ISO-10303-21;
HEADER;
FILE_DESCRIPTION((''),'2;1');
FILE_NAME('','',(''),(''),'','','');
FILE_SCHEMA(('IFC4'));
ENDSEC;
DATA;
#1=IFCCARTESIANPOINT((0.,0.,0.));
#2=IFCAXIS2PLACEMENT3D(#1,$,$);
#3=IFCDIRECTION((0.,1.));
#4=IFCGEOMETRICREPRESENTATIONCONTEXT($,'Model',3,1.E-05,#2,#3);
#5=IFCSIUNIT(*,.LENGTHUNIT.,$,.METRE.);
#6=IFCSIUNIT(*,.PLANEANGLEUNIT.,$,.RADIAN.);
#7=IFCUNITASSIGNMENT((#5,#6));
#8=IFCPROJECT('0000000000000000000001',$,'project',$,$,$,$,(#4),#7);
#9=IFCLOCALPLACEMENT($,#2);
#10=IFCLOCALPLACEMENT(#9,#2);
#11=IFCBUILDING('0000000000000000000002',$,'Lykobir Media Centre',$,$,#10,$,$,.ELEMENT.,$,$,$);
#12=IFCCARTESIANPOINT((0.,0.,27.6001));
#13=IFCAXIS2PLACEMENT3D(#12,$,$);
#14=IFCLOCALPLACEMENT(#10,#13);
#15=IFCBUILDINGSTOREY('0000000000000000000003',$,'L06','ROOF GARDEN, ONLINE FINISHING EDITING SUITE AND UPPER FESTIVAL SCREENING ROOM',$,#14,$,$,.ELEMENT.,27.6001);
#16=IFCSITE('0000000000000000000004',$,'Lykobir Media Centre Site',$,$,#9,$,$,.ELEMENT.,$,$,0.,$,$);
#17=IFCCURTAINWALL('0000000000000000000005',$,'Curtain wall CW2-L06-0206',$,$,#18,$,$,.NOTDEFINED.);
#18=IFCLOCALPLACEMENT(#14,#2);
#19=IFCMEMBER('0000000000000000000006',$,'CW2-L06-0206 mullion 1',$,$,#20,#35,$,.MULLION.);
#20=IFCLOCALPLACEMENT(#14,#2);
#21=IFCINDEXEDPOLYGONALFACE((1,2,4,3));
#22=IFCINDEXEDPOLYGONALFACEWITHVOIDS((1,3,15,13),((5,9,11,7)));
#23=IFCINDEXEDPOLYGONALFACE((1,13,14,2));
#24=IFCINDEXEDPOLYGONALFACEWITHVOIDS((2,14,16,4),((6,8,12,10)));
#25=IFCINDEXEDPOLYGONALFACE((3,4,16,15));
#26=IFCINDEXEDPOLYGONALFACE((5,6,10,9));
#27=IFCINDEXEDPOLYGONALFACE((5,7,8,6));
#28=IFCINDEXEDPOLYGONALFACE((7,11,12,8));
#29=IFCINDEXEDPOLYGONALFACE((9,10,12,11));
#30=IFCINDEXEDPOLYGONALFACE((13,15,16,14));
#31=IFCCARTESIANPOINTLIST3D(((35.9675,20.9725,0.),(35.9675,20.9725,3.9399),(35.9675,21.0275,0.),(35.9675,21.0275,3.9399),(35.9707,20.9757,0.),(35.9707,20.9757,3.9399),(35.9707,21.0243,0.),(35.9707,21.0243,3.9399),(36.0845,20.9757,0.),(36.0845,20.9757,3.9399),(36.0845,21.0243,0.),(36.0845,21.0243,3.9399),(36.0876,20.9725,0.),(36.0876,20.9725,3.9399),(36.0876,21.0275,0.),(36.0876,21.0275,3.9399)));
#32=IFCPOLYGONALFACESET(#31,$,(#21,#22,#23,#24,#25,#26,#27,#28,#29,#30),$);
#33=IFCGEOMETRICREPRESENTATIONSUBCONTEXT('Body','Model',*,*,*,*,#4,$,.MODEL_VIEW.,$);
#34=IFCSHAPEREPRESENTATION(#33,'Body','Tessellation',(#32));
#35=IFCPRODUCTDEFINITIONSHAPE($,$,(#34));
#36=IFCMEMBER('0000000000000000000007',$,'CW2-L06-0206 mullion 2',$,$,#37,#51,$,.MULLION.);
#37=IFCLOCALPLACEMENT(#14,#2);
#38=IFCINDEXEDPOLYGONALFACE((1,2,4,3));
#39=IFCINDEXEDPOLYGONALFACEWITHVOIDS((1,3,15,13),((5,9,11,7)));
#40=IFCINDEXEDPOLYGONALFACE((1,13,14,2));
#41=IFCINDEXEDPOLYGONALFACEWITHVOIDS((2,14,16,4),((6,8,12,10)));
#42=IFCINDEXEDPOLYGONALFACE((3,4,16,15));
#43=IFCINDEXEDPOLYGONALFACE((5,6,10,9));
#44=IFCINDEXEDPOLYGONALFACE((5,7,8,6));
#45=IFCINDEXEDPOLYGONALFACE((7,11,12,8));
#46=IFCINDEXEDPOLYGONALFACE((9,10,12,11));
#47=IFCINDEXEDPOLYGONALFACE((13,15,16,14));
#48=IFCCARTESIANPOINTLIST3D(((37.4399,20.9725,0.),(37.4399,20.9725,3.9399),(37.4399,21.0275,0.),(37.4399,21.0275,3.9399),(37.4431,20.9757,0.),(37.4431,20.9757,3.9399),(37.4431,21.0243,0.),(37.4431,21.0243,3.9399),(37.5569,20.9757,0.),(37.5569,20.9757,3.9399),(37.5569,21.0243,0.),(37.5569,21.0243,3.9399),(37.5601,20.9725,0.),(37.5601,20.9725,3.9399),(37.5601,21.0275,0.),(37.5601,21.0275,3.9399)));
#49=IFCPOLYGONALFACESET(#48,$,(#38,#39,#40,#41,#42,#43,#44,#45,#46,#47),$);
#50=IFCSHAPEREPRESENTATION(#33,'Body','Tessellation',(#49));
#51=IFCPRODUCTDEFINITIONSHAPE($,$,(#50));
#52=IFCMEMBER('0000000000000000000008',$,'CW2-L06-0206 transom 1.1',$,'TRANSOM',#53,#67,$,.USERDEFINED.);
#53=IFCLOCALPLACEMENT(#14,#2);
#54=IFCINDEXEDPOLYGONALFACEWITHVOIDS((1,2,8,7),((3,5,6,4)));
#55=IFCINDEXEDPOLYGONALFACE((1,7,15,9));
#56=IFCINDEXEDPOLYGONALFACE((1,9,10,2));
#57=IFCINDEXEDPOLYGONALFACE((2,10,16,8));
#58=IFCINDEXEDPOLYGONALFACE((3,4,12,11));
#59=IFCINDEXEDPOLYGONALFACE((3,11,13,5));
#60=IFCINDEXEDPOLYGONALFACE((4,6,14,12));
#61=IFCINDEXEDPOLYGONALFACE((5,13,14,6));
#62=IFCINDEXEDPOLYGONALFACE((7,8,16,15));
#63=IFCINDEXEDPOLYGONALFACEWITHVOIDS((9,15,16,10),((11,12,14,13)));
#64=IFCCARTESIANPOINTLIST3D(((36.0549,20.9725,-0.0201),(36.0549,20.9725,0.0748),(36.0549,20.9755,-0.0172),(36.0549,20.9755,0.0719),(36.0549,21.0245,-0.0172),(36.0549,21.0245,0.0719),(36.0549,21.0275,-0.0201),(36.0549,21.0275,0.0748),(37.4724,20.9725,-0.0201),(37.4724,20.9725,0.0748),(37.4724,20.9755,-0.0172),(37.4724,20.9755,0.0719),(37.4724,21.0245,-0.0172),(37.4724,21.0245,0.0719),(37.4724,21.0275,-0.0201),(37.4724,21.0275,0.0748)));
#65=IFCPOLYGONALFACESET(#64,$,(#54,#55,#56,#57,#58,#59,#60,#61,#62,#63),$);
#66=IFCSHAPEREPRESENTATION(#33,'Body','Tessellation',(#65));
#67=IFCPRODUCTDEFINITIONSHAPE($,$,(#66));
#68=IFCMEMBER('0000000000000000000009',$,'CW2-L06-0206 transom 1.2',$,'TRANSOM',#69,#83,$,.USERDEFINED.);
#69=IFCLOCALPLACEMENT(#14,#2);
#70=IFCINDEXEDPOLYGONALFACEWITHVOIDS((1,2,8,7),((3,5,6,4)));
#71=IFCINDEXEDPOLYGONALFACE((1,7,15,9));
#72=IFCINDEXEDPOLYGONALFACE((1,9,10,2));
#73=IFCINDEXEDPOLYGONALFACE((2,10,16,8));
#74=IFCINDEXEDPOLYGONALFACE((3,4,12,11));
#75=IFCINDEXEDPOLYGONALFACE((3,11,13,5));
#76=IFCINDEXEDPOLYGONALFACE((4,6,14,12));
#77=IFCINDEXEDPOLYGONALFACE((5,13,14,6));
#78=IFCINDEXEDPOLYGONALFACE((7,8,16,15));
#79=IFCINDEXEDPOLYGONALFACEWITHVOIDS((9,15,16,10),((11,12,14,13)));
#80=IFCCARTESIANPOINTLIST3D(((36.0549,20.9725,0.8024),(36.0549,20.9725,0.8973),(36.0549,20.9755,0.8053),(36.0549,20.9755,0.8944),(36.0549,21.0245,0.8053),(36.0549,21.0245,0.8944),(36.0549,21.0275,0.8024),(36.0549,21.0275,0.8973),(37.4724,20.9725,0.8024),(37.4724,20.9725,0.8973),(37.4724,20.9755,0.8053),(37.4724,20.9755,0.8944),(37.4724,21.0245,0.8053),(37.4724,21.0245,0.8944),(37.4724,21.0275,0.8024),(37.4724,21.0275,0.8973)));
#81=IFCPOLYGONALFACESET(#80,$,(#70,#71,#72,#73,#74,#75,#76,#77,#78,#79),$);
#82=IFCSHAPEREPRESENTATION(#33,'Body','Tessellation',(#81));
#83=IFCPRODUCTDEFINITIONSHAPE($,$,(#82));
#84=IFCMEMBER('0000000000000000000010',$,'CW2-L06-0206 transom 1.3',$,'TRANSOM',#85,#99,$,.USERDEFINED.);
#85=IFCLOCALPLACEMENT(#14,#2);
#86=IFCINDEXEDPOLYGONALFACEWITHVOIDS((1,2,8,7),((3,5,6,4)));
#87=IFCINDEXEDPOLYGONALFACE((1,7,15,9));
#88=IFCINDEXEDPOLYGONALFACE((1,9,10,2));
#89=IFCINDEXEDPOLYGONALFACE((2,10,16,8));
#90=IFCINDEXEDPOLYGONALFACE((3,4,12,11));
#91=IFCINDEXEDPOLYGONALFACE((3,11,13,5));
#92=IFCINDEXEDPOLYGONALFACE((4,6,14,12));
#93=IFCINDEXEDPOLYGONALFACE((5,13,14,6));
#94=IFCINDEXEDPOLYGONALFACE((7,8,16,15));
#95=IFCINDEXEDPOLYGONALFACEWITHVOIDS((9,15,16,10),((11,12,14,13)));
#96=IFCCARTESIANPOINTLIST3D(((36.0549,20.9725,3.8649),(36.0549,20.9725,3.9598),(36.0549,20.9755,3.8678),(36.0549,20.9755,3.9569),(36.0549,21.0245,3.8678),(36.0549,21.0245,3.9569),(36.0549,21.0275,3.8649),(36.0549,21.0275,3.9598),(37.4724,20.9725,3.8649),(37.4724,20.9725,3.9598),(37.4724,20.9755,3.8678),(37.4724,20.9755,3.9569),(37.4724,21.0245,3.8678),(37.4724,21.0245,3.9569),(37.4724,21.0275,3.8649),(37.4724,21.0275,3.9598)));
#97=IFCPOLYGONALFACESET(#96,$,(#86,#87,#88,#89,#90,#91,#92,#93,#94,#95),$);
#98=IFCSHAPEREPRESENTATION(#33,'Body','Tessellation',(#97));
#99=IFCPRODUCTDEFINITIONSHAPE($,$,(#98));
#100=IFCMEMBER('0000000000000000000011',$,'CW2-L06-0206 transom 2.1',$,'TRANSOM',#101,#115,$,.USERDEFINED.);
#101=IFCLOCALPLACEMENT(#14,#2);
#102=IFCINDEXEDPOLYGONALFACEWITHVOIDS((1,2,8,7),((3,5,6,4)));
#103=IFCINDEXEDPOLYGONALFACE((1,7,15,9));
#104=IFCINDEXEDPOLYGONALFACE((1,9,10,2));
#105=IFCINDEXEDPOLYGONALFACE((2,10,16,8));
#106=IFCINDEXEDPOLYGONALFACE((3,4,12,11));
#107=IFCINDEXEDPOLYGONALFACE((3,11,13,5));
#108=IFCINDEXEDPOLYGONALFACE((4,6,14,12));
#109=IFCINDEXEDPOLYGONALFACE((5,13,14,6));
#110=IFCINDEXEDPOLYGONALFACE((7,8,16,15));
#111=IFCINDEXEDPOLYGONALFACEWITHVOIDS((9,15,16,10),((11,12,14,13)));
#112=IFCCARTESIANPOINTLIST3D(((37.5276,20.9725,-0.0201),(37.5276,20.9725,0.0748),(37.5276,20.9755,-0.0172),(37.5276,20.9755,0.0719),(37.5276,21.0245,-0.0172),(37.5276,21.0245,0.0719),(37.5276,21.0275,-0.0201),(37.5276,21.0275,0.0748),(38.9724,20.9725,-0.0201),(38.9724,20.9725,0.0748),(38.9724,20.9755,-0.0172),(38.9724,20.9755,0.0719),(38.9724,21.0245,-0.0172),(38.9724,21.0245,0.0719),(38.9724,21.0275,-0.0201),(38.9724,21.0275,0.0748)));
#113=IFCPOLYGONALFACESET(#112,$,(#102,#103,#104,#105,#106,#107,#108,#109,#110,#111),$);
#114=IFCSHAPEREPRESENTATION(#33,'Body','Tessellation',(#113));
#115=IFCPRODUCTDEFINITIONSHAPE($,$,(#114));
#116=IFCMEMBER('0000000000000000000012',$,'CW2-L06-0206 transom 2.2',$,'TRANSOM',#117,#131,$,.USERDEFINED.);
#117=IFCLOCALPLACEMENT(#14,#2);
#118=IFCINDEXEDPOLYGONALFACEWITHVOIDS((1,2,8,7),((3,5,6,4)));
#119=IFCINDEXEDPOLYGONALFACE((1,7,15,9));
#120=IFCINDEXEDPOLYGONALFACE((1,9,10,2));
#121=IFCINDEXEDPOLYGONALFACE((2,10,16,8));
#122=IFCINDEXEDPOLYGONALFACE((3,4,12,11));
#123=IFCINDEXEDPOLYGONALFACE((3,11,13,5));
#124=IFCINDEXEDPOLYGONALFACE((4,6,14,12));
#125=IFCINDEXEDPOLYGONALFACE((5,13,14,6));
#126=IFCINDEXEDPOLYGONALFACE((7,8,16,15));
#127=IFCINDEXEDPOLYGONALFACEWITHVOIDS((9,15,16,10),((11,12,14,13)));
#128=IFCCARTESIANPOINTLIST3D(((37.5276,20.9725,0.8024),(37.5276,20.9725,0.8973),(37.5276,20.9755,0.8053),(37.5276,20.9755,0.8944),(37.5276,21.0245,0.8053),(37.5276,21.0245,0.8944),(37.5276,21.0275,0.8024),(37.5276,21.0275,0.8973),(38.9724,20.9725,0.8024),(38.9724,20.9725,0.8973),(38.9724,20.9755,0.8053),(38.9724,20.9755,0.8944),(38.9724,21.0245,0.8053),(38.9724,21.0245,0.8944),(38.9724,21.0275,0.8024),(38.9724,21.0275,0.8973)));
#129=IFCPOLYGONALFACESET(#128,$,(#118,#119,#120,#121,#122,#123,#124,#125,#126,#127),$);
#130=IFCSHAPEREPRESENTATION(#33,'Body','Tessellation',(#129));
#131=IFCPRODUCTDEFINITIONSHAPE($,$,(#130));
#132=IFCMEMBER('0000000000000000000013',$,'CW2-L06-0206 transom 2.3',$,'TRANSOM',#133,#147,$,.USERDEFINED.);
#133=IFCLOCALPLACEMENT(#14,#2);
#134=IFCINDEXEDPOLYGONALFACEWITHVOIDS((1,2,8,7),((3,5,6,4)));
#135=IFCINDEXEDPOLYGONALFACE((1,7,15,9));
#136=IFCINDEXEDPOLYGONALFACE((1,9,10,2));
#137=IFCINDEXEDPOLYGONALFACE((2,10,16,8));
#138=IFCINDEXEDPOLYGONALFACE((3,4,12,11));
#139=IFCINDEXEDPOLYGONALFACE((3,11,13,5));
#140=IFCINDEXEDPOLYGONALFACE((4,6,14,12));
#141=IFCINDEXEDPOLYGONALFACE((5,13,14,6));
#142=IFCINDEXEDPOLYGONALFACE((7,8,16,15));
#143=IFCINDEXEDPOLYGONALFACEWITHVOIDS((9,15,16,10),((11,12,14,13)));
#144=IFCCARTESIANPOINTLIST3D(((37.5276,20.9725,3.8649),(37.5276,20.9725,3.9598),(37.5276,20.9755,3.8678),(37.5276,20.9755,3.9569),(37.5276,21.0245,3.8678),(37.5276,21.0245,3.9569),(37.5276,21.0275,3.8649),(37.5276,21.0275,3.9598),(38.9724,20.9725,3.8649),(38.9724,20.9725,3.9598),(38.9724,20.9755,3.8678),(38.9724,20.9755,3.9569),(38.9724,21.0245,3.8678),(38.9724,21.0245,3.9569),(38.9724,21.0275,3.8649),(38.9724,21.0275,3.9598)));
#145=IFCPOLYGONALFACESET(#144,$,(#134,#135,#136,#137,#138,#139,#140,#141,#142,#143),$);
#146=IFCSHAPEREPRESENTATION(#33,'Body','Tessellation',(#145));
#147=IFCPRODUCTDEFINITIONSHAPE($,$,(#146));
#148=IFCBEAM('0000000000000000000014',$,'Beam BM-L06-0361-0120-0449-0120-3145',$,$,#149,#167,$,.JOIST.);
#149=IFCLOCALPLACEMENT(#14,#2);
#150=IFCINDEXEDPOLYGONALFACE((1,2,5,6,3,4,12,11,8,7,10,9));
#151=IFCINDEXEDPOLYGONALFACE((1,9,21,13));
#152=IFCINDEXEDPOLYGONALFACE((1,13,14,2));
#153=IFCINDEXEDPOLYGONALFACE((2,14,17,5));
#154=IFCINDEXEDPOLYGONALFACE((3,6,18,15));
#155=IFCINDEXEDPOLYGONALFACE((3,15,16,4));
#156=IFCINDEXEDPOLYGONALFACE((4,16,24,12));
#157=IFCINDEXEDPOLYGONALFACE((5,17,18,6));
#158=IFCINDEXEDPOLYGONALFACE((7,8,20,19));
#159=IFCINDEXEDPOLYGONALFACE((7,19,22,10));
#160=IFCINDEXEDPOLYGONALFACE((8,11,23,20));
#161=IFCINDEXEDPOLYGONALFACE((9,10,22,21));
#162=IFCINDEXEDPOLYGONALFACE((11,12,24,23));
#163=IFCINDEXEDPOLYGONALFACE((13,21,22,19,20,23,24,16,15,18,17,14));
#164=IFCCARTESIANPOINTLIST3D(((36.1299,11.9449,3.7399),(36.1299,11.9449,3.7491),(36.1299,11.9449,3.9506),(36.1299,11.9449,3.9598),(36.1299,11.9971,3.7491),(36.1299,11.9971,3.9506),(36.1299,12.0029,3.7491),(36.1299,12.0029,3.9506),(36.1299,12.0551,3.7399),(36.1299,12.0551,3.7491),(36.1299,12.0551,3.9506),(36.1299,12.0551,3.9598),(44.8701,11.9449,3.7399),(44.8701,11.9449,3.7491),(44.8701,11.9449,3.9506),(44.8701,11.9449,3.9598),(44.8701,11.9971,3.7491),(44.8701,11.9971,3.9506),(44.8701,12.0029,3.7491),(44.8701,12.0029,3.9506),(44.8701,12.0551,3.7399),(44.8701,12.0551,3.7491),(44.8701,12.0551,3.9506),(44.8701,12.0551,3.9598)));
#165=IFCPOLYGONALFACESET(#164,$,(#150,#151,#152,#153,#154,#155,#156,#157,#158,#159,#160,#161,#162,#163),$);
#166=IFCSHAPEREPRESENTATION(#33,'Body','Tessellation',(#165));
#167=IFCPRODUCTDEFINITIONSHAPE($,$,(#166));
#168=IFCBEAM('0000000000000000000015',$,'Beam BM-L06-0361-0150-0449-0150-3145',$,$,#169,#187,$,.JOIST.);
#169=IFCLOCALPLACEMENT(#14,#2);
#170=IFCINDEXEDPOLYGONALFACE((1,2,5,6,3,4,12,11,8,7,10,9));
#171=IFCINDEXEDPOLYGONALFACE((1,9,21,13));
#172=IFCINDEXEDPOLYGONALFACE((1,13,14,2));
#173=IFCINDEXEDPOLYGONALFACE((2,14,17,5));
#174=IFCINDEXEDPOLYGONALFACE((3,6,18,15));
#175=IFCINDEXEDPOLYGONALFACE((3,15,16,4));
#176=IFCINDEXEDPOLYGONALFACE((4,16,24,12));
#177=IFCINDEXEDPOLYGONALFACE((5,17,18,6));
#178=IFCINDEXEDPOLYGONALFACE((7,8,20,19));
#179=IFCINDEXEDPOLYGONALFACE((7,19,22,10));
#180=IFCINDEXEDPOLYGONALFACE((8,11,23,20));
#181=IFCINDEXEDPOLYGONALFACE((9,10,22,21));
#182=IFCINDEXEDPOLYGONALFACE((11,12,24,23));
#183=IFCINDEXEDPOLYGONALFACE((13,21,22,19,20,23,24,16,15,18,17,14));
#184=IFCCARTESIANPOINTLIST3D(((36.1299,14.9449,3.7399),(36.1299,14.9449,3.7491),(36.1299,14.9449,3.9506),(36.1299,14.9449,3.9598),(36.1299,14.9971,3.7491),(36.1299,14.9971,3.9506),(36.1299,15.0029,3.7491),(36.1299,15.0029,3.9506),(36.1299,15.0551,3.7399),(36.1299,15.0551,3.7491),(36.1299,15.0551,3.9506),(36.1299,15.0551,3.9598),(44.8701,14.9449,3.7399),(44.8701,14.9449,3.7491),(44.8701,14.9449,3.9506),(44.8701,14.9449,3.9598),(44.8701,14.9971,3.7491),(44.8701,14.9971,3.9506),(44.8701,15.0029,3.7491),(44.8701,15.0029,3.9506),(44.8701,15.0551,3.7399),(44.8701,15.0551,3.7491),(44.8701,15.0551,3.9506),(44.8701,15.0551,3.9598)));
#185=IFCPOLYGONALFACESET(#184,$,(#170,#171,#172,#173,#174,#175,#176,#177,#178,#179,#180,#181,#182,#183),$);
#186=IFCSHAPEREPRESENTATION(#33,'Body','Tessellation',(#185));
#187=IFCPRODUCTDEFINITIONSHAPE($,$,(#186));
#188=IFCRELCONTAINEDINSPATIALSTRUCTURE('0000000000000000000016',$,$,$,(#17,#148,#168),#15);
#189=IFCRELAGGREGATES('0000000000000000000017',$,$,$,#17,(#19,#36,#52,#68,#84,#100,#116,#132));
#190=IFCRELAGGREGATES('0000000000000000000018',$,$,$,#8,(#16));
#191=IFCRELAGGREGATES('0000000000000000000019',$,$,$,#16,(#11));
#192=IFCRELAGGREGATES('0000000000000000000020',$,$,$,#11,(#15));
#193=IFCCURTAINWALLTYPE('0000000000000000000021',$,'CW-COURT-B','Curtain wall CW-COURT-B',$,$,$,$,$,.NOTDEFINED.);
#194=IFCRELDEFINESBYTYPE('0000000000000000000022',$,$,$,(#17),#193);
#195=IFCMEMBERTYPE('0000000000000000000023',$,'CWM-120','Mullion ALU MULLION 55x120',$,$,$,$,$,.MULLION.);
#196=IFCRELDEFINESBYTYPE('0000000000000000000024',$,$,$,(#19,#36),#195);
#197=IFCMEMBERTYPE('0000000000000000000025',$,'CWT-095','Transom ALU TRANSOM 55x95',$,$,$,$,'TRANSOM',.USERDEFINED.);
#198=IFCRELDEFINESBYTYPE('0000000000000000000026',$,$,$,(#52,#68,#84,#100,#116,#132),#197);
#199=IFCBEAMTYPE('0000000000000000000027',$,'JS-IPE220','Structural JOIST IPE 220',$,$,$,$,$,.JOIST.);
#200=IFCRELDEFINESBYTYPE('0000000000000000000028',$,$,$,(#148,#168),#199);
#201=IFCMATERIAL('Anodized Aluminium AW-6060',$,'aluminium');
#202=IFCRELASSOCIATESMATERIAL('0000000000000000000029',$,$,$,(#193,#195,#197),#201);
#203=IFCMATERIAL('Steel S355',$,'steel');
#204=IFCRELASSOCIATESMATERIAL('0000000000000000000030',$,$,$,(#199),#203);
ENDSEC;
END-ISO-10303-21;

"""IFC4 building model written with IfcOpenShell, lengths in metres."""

from ifc_helpers import new_model, si_unit, direction, frame, origin, origin_2d, place, context, subcontext, project, spatial, hollow_rectangle, i_section, extrude, material, material_profile, profile_set, type_object, element, aggregate, save


model = new_model("IFC4")

# Units and contexts
model_context = context("Model", 3, precision=1e-05, world=origin(), true_north=direction((0.0, 1.0)))
body_context = subcontext(model_context, "Body", "Model", "MODEL_VIEW")
ifc_project = project(units=[si_unit("LENGTHUNIT", "METRE"), si_unit("PLANEANGLEUNIT", "RADIAN")], contexts=[model_context])

# Site, building, storey
site_placement = place(None, origin())
site = spatial("IfcSite", under=ifc_project, at=site_placement, Name="Lykobir Media Centre Site", CompositionType="ELEMENT", RefElevation=0.0)
building_placement = place(site_placement, origin())
building = spatial("IfcBuilding", under=site, at=building_placement, Name="Lykobir Media Centre", CompositionType="ELEMENT")
storey_placement = place(building_placement, frame((0.0, 0.0, 27.6001)))
storey = spatial("IfcBuildingStorey", under=building, at=storey_placement, Name="L06", Description="ROOF GARDEN, ONLINE FINISHING EDITING SUITE AND UPPER FESTIVAL SCREENING ROOM", CompositionType="ELEMENT", Elevation=27.6001)

# Curtain wall, members
ifc_material_1 = material(Name="Anodized Aluminium AW-6060", Category="aluminium")
curtain_wall_type = type_object("IfcCurtainWallType", Name="CW-COURT-B", Description="Curtain wall CW-COURT-B", PredefinedType="NOTDEFINED", material=ifc_material_1)
curtain_wall_placement = place(storey_placement, origin())
curtain_wall = element("IfcCurtainWall", 1, at=curtain_wall_placement, inside=storey, type_object=curtain_wall_type, Name="Curtain wall CW2-L06-0206", PredefinedType="NOTDEFINED")
ifc_material_profile_1 = material_profile(ifc_material_1, hollow_rectangle(XDim=0.0549, YDim=0.1201, WallThickness=0.0032, at=origin_2d()), Name="ALU MULLION 55x120")
ifc_profile_set_1 = profile_set([ifc_material_profile_1], Name="Anodized Aluminium AW-6060")
member_type_1 = type_object("IfcMemberType", Name="CWM-120", Description="Mullion ALU MULLION 55x120", PredefinedType="MULLION", material=ifc_profile_set_1)
member_1_placement = place(storey_placement, frame((36.0276, 21.0, 0.0), z_axis=(0.0, 0.0, 1.0), x_axis=(0.0, 1.0, 0.0)))
member_1 = element("IfcMember", 2, at=member_1_placement, type_object=member_type_1, Name="CW2-L06-0206 mullion 1", PredefinedType="MULLION", context=body_context, shape_type="SweptSolid", body=[
    extrude(hollow_rectangle(XDim=0.0549, YDim=0.1201, WallThickness=0.0032, at=origin_2d()), origin(), (0.0, 0.0, 1.0), 3.9399),
])
member_2_placement = place(storey_placement, frame((37.5, 21.0, 0.0), z_axis=(0.0, 0.0, 1.0), x_axis=(0.0, 1.0, 0.0)))
member_2 = element("IfcMember", 3, at=member_2_placement, type_object=member_type_1, Name="CW2-L06-0206 mullion 2", PredefinedType="MULLION", context=body_context, shape_type="SweptSolid", body=[
    extrude(hollow_rectangle(XDim=0.0549, YDim=0.1201, WallThickness=0.0032, at=origin_2d()), origin(), (0.0, 0.0, 1.0), 3.9399),
])
ifc_material_profile_2 = material_profile(ifc_material_1, hollow_rectangle(XDim=0.0549, YDim=0.095, WallThickness=0.0029, at=origin_2d()), Name="ALU TRANSOM 55x95")
ifc_profile_set_2 = profile_set([ifc_material_profile_2], Name="Anodized Aluminium AW-6060")
member_type_2 = type_object("IfcMemberType", Name="CWT-095", Description="Transom ALU TRANSOM 55x95", ElementType="TRANSOM", PredefinedType="USERDEFINED", material=ifc_profile_set_2)
member_3_placement = place(storey_placement, frame((36.0549, 21.0, 0.0273), z_axis=(1.0, 0.0, 0.0), x_axis=(0.0, 1.0, 0.0)))
member_3 = element("IfcMember", 4, at=member_3_placement, type_object=member_type_2, Name="CW2-L06-0206 transom 1.1", ObjectType="TRANSOM", PredefinedType="USERDEFINED", context=body_context, shape_type="SweptSolid", body=[
    extrude(hollow_rectangle(XDim=0.0549, YDim=0.095, WallThickness=0.0029, at=origin_2d()), origin(), (0.0, 0.0, 1.0), 1.4175),
])
member_4_placement = place(storey_placement, frame((36.0549, 21.0, 0.8499), z_axis=(1.0, 0.0, 0.0), x_axis=(0.0, 1.0, 0.0)))
member_4 = element("IfcMember", 5, at=member_4_placement, type_object=member_type_2, Name="CW2-L06-0206 transom 1.2", ObjectType="TRANSOM", PredefinedType="USERDEFINED", context=body_context, shape_type="SweptSolid", body=[
    extrude(hollow_rectangle(XDim=0.0549, YDim=0.095, WallThickness=0.0029, at=origin_2d()), origin(), (0.0, 0.0, 1.0), 1.4175),
])
member_5_placement = place(storey_placement, frame((36.0549, 21.0, 3.9124), z_axis=(1.0, 0.0, 0.0), x_axis=(0.0, 1.0, 0.0)))
member_5 = element("IfcMember", 6, at=member_5_placement, type_object=member_type_2, Name="CW2-L06-0206 transom 1.3", ObjectType="TRANSOM", PredefinedType="USERDEFINED", context=body_context, shape_type="SweptSolid", body=[
    extrude(hollow_rectangle(XDim=0.0549, YDim=0.095, WallThickness=0.0029, at=origin_2d()), origin(), (0.0, 0.0, 1.0), 1.4175),
])
member_6_placement = place(storey_placement, frame((37.5276, 21.0, 0.0273), z_axis=(1.0, 0.0, 0.0), x_axis=(0.0, 1.0, 0.0)))
member_6 = element("IfcMember", 7, at=member_6_placement, type_object=member_type_2, Name="CW2-L06-0206 transom 2.1", ObjectType="TRANSOM", PredefinedType="USERDEFINED", context=body_context, shape_type="SweptSolid", body=[
    extrude(hollow_rectangle(XDim=0.0549, YDim=0.095, WallThickness=0.0029, at=origin_2d()), origin(), (0.0, 0.0, 1.0), 1.4448),
])
member_7_placement = place(storey_placement, frame((37.5276, 21.0, 0.8499), z_axis=(1.0, 0.0, 0.0), x_axis=(0.0, 1.0, 0.0)))
member_7 = element("IfcMember", 8, at=member_7_placement, type_object=member_type_2, Name="CW2-L06-0206 transom 2.2", ObjectType="TRANSOM", PredefinedType="USERDEFINED", context=body_context, shape_type="SweptSolid", body=[
    extrude(hollow_rectangle(XDim=0.0549, YDim=0.095, WallThickness=0.0029, at=origin_2d()), origin(), (0.0, 0.0, 1.0), 1.4448),
])
member_8_placement = place(storey_placement, frame((37.5276, 21.0, 3.9124), z_axis=(1.0, 0.0, 0.0), x_axis=(0.0, 1.0, 0.0)))
member_8 = element("IfcMember", 9, at=member_8_placement, type_object=member_type_2, Name="CW2-L06-0206 transom 2.3", ObjectType="TRANSOM", PredefinedType="USERDEFINED", context=body_context, shape_type="SweptSolid", body=[
    extrude(hollow_rectangle(XDim=0.0549, YDim=0.095, WallThickness=0.0029, at=origin_2d()), origin(), (0.0, 0.0, 1.0), 1.4448),
])

# Beams
ifc_material_2 = material(Name="Steel S355", Category="steel")
ifc_material_profile_3 = material_profile(ifc_material_2, i_section(OverallWidth=0.1101, OverallDepth=0.22, WebThickness=0.0059, FlangeThickness=0.0093, at=origin_2d()), Name="IPE 220")
ifc_profile_set_3 = profile_set([ifc_material_profile_3], Name="Steel S355")
beam_type = type_object("IfcBeamType", Name="JS-IPE220", Description="Structural JOIST IPE 220", PredefinedType="JOIST", material=ifc_profile_set_3)
for number, where, z_axis, x_axis, name in (
    (10, (36.1299, 12.0, 3.8499), (1.0, 0.0, 0.0), (0.0, 1.0, 0.0), "Beam BM-L06-0361-0120-0449-0120-3145"),
    (11, (36.1299, 15.0, 3.8499), (1.0, 0.0, 0.0), (0.0, 1.0, 0.0), "Beam BM-L06-0361-0150-0449-0150-3145"),
):
    element("IfcBeam", number, at=place(storey_placement, frame(where, z_axis=z_axis, x_axis=x_axis)), inside=storey, type_object=beam_type, Name=name, PredefinedType="JOIST", context=body_context, shape_type="SweptSolid", body=[
        extrude(i_section(OverallWidth=0.1101, OverallDepth=0.22, WebThickness=0.0059, FlangeThickness=0.0093, at=origin_2d()), origin(), (0.0, 0.0, 1.0), 8.7402),
    ])

aggregate(curtain_wall, [member_1, member_2, member_3, member_4, member_5, member_6, member_7, member_8])

save(model, "model.ifc")
